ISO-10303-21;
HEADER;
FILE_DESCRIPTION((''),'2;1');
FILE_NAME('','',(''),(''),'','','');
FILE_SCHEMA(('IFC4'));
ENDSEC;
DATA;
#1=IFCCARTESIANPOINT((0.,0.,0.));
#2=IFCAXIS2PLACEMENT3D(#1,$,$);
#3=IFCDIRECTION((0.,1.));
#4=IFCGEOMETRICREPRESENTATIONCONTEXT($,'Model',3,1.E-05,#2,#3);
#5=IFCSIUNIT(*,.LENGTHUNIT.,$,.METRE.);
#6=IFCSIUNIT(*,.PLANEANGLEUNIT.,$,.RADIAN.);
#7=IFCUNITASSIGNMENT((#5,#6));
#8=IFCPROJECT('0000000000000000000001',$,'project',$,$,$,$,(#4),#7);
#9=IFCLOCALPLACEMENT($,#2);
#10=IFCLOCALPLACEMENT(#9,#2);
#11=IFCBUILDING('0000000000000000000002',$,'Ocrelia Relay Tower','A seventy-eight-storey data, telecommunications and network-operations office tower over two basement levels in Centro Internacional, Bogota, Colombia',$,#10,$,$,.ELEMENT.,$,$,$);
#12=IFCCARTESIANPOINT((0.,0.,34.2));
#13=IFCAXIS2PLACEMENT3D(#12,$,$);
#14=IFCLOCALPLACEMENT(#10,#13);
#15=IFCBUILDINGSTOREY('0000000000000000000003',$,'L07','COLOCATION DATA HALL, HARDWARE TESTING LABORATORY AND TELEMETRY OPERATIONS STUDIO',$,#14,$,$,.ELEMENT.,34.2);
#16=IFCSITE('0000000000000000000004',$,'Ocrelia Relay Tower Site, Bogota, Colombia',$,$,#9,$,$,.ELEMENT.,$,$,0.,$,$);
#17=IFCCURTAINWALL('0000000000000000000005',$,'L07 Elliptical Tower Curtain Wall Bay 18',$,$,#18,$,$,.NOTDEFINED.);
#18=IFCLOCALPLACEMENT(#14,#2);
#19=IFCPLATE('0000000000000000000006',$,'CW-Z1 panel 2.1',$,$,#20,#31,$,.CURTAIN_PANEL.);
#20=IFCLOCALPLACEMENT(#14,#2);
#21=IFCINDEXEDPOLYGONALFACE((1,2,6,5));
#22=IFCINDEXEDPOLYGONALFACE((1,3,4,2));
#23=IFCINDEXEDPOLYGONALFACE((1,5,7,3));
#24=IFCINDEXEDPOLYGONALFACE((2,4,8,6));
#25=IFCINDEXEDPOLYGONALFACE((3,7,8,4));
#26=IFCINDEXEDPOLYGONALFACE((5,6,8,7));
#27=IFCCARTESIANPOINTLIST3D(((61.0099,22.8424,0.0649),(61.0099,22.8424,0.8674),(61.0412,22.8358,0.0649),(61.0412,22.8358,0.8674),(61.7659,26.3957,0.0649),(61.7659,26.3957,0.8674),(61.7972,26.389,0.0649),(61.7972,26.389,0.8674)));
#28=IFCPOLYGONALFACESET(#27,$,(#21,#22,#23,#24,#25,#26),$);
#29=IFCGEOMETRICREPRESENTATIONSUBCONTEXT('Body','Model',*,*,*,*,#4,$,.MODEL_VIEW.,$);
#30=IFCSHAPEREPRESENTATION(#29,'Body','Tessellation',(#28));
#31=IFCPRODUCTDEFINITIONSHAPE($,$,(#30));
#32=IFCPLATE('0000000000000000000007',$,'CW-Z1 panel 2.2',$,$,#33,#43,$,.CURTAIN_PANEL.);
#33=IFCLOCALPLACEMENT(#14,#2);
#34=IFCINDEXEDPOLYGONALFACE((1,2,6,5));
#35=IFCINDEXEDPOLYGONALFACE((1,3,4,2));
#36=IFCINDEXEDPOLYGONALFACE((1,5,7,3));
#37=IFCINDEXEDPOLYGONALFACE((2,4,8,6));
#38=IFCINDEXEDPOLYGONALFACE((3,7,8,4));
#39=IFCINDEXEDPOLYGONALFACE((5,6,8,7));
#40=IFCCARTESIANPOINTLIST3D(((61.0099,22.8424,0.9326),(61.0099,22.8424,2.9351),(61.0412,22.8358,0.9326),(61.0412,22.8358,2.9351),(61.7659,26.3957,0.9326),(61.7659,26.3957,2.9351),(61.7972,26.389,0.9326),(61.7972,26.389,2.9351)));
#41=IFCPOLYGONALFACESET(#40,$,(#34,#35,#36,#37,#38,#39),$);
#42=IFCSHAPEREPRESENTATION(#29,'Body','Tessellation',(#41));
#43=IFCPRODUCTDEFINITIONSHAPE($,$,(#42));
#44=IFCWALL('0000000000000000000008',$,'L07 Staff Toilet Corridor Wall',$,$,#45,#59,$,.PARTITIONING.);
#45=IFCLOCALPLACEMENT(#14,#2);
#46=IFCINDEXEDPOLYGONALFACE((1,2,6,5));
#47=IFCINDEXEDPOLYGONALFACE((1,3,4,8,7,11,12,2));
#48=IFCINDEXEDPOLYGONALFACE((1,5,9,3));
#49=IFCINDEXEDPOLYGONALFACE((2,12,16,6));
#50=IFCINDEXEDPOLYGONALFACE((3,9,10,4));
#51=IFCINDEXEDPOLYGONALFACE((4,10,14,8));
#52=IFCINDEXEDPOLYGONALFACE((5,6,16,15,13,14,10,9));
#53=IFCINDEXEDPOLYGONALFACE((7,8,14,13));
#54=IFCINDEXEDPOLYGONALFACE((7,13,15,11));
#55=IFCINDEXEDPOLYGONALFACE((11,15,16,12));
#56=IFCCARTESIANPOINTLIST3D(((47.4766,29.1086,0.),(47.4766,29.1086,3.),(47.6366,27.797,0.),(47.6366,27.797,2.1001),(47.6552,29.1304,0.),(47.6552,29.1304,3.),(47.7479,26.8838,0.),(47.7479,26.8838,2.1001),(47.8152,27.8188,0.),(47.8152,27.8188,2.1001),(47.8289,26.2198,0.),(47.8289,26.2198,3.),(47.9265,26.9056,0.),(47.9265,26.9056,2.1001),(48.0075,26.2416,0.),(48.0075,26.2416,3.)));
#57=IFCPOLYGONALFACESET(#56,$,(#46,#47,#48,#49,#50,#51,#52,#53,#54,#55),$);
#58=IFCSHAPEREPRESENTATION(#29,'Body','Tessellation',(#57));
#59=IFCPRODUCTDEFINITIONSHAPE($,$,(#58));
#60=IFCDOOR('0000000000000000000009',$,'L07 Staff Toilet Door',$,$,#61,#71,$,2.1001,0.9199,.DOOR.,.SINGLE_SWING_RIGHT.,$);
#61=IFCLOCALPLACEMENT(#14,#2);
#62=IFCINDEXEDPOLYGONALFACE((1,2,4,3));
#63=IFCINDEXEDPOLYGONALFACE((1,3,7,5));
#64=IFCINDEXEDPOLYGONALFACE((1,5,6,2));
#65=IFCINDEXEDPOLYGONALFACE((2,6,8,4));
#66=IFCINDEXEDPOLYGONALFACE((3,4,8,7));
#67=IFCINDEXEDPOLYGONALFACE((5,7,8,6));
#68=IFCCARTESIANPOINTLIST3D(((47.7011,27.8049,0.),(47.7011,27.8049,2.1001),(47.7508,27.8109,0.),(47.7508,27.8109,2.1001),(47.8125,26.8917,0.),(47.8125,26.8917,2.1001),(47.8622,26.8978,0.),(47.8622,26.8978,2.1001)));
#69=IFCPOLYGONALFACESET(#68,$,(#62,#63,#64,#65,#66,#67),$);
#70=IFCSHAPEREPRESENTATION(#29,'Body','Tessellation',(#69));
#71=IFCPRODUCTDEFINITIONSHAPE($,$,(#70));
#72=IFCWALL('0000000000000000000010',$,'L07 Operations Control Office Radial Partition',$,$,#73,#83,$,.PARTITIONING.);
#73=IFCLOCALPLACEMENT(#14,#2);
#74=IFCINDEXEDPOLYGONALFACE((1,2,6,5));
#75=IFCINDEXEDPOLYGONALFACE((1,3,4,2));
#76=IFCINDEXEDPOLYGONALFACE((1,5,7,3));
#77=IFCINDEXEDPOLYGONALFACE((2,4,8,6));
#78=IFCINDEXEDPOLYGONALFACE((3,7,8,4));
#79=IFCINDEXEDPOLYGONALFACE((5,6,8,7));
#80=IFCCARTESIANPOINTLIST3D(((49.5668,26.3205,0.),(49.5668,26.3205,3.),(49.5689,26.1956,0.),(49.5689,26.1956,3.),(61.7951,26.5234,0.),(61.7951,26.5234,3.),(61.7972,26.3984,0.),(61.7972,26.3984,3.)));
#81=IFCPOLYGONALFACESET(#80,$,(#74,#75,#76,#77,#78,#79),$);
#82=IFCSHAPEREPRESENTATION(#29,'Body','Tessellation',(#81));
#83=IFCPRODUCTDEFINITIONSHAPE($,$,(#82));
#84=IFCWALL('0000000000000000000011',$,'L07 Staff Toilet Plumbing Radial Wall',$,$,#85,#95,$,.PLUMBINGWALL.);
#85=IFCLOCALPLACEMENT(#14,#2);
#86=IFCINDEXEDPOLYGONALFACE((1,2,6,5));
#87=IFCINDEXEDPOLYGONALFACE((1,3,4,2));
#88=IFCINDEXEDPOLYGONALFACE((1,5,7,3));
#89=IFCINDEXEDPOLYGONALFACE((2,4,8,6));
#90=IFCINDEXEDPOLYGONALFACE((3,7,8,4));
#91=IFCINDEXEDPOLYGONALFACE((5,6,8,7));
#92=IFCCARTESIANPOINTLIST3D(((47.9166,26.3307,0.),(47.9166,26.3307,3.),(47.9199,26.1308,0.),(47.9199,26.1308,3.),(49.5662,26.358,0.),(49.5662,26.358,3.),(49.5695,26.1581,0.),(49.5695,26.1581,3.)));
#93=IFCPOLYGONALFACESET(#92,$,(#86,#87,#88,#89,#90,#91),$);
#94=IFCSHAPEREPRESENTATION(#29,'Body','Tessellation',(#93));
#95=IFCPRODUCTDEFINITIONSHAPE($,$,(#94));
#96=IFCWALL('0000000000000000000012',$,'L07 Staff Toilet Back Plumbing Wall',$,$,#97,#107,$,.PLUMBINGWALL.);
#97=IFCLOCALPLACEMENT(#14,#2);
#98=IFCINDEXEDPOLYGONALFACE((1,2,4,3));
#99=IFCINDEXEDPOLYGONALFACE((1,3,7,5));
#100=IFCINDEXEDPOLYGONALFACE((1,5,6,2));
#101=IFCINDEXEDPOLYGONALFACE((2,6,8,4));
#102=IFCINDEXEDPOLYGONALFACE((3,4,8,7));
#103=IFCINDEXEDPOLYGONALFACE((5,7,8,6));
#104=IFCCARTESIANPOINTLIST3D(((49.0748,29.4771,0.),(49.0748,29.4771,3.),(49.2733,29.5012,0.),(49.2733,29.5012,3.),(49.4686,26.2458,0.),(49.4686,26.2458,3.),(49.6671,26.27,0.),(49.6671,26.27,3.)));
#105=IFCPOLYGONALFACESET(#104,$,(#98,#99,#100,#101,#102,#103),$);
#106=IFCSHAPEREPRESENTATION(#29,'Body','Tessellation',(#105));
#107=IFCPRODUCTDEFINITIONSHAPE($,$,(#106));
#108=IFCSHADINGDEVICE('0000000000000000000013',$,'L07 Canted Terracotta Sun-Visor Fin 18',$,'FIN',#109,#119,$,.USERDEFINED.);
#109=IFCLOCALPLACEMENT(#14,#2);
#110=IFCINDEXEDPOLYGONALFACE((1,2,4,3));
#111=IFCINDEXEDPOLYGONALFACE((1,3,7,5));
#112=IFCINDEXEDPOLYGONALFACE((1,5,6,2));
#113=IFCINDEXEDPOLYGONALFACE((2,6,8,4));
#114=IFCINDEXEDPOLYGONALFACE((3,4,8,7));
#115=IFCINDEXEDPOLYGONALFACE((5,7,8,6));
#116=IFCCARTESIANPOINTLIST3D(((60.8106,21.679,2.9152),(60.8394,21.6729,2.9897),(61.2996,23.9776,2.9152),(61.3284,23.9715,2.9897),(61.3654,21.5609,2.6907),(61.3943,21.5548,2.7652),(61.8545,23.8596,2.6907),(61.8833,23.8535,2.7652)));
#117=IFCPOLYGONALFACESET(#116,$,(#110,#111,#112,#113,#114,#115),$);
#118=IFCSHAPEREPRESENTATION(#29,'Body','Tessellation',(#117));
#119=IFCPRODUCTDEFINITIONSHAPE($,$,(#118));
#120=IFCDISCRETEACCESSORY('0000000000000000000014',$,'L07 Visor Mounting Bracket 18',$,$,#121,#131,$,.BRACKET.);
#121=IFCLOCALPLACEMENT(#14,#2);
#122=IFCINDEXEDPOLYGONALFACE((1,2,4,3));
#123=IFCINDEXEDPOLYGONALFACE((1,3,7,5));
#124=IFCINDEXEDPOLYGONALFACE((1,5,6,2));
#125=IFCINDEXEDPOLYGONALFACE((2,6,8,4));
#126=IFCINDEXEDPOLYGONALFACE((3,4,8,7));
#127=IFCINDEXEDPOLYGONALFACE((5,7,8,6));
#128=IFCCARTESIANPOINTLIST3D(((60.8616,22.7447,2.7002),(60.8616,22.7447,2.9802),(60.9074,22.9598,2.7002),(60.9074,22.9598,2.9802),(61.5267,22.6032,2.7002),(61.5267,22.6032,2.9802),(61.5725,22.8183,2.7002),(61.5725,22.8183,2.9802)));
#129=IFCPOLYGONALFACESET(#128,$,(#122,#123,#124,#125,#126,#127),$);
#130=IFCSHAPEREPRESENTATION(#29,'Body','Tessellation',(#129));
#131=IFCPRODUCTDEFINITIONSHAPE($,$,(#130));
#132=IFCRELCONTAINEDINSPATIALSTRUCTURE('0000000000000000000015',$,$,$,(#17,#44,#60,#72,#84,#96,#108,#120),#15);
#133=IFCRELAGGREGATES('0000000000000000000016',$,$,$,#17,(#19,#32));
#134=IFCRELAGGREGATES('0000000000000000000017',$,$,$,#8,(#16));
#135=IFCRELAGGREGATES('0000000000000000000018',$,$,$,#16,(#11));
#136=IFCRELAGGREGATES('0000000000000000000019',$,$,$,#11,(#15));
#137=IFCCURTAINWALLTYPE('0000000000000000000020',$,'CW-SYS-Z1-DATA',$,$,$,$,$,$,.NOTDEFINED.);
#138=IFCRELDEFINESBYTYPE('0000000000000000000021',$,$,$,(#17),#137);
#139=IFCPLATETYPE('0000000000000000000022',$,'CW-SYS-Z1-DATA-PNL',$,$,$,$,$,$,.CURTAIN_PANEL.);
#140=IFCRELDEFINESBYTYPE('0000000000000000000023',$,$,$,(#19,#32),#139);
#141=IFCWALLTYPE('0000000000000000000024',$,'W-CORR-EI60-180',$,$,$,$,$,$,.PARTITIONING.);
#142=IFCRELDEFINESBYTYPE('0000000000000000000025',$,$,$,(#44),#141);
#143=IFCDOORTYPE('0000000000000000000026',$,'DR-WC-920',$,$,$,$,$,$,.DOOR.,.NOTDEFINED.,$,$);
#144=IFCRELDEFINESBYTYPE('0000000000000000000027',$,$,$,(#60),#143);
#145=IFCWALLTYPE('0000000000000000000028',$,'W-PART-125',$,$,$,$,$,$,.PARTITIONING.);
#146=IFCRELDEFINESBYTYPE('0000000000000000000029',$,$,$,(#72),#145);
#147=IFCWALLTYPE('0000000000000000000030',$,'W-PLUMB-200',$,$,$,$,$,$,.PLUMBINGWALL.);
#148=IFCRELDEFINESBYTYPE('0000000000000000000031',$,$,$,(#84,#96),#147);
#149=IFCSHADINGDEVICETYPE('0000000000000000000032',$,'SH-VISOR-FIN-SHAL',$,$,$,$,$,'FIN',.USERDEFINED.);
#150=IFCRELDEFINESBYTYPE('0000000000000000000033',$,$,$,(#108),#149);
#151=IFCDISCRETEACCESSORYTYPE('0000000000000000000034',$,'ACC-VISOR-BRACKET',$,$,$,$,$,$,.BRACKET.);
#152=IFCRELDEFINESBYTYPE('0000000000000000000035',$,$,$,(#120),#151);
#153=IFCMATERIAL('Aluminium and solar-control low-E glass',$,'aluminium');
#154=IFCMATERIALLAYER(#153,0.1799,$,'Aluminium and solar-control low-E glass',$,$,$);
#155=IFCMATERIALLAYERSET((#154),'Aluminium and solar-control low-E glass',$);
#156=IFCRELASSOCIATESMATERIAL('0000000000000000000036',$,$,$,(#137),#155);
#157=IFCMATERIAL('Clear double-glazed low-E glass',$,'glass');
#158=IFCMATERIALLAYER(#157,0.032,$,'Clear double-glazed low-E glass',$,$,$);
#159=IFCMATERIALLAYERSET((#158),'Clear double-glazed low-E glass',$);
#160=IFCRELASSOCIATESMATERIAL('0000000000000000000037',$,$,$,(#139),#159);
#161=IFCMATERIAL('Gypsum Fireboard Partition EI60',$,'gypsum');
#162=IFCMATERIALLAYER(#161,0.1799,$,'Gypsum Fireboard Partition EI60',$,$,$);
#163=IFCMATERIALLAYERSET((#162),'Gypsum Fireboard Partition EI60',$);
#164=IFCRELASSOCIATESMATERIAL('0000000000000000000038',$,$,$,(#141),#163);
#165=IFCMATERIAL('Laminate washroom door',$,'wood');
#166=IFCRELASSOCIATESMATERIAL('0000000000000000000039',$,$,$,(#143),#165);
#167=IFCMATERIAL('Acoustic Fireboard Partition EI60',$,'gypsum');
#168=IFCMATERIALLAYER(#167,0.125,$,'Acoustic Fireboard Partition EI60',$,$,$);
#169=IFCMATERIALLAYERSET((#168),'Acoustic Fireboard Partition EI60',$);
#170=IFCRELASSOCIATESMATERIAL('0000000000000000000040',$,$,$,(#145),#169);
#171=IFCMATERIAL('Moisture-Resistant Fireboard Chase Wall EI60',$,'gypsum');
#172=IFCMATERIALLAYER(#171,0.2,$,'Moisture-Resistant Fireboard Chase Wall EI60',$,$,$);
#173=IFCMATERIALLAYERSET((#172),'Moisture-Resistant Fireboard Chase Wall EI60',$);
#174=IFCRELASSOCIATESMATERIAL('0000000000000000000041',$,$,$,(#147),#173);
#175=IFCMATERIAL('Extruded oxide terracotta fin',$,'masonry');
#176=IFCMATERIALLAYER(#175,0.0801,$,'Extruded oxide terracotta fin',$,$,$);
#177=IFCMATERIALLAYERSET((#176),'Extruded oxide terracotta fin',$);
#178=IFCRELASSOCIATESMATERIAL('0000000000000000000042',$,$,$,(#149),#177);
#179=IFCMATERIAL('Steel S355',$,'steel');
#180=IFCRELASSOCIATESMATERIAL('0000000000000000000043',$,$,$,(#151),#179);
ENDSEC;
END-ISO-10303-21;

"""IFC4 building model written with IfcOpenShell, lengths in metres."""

from ifc_helpers import new_model, si_unit, direction, frame, frame_2d, origin, origin_2d, place, context, subcontext, project, spatial, rectangle, extrude, material, layer, layer_set, type_object, element, fill, aggregate, save


model = new_model("IFC4")

# Units and contexts
model_context = context("Model", 3, precision=1e-05, world=origin(), true_north=direction((0.0, 1.0)))
body_context = subcontext(model_context, "Body", "Model", "MODEL_VIEW")
ifc_project = project(units=[si_unit("LENGTHUNIT", "METRE"), si_unit("PLANEANGLEUNIT", "RADIAN")], contexts=[model_context])

# Site, building, storey
site_placement = place(None, origin())
site = spatial("IfcSite", under=ifc_project, at=site_placement, Name="Ocrelia Relay Tower Site, Bogota, Colombia", CompositionType="ELEMENT", RefElevation=0.0)
building_placement = place(site_placement, origin())
building = spatial("IfcBuilding", under=site, at=building_placement, Name="Ocrelia Relay Tower", Description="A seventy-eight-storey data, telecommunications and network-operations office tower over two basement levels in Centro Internacional, Bogota, Colombia", CompositionType="ELEMENT")
storey_placement = place(building_placement, frame((0.0, 0.0, 34.2)))
storey = spatial("IfcBuildingStorey", under=building, at=storey_placement, Name="L07", Description="COLOCATION DATA HALL, HARDWARE TESTING LABORATORY AND TELEMETRY OPERATIONS STUDIO", CompositionType="ELEMENT", Elevation=34.2)

# Shared definitions
ifc_material_1 = material(Name="Steel S355", Category="steel")

# Shared definitions
ifc_material_2 = material(Name="Aluminium and solar-control low-E glass", Category="aluminium")
ifc_layer_1 = layer(ifc_material_2, 0.1799, Name="Aluminium and solar-control low-E glass")
ifc_layer_set_1 = layer_set([ifc_layer_1], Name="Aluminium and solar-control low-E glass")
curtain_wall_type = type_object("IfcCurtainWallType", Name="CW-SYS-Z1-DATA", PredefinedType="NOTDEFINED", material=ifc_layer_set_1)

# Curtain wall
curtain_wall_1_placement = place(storey_placement, origin())
curtain_wall_1 = element("IfcCurtainWall", 1, at=curtain_wall_1_placement, inside=storey, type_object=curtain_wall_type, Name="L07 Elliptical Tower Curtain Wall Bay 18", PredefinedType="NOTDEFINED")

# Plates
ifc_material_3 = material(Name="Clear double-glazed low-E glass", Category="glass")
ifc_layer_2 = layer(ifc_material_3, 0.032, Name="Clear double-glazed low-E glass")
ifc_layer_set_2 = layer_set([ifc_layer_2], Name="Clear double-glazed low-E glass")
plate_type = type_object("IfcPlateType", Name="CW-SYS-Z1-DATA-PNL", PredefinedType="CURTAIN_PANEL", material=ifc_layer_set_2)
plate_1_placement = place(storey_placement, frame((61.4036, 24.6157, 0.0649), z_axis=(0.0, 0.0, 1.0), x_axis=(0.208095, 0.978109, 0.0)))
plate_1 = element("IfcPlate", 2, at=plate_1_placement, type_object=plate_type, Name="CW-Z1 panel 2.1", PredefinedType="CURTAIN_PANEL", context=body_context, shape_type="SweptSolid", body=[
    extrude(rectangle(XDim=3.6328, YDim=0.032, at=origin_2d()), origin(), (0.0, 0.0, 1.0), 0.8025),
])
plate_2_placement = place(storey_placement, frame((61.4036, 24.6157, 0.9326), z_axis=(0.0, 0.0, 1.0), x_axis=(0.208095, 0.978109, 0.0)))
plate_2 = element("IfcPlate", 3, at=plate_2_placement, type_object=plate_type, Name="CW-Z1 panel 2.2", PredefinedType="CURTAIN_PANEL", context=body_context, shape_type="SweptSolid", body=[
    extrude(rectangle(XDim=3.6328, YDim=0.032, at=origin_2d()), origin(), (0.0, 0.0, 1.0), 2.0024),
])
aggregate(curtain_wall_1, [plate_1, plate_2])

# Wall, opening, door
ifc_material_4 = material(Name="Gypsum Fireboard Partition EI60", Category="gypsum")
ifc_layer_3 = layer(ifc_material_4, 0.1799, Name="Gypsum Fireboard Partition EI60")
ifc_layer_set_3 = layer_set([ifc_layer_3], Name="Gypsum Fireboard Partition EI60")
wall_type_1 = type_object("IfcWallType", Name="W-CORR-EI60-180", PredefinedType="PARTITIONING", material=ifc_layer_set_3)
wall_1_placement = place(storey_placement, frame((47.9182, 26.2307, 0.0), z_axis=(0.0, 0.0, 1.0), x_axis=(-0.12106, 0.992645, 0.0)))
wall_1 = element("IfcWall", 4, at=wall_1_placement, inside=storey, type_object=wall_type_1, Name="L07 Staff Toilet Corridor Wall", PredefinedType="PARTITIONING", context=body_context, shape_type="SweptSolid", body=[
    extrude(rectangle(XDim=2.9102, YDim=0.1799, at=frame_2d((1.4551, 0.0))), origin(), (0.0, 0.0, 1.0), 3.0),
])
opening_placement = place(wall_1_placement, frame((0.6689, 0.0, 0.0)))
opening = element("IfcOpeningElement", 5, at=opening_placement, cuts=wall_1, PredefinedType="OPENING", context=body_context, shape_type="SweptSolid", body=[
    extrude(rectangle(XDim=0.9199, YDim=2.1001, at=frame_2d((0.46, 1.05))), frame((0.0, 0.1001, 0.0), z_axis=(0.0, -1.0, 0.0), x_axis=(1.0, 0.0, 0.0)), (0.0, 0.0, 1.0), 0.2),
])
ifc_material_5 = material(Name="Laminate washroom door", Category="wood")
door_type = type_object("IfcDoorType", Name="DR-WC-920", OperationType="NOTDEFINED", PredefinedType="DOOR", material=ifc_material_5)
door_placement = place(opening_placement, origin())
door = element("IfcDoor", 6, at=door_placement, inside=storey, type_object=door_type, Name="L07 Staff Toilet Door", OperationType="SINGLE_SWING_RIGHT", OverallHeight=2.1001, OverallWidth=0.9199, PredefinedType="DOOR", context=body_context, shape_type="SweptSolid", body=[
    extrude(rectangle(XDim=0.9199, YDim=2.1001, at=frame_2d((0.46, 1.05))), frame((0.0, 0.0249, 0.0), z_axis=(0.0, -1.0, 0.0), x_axis=(1.0, 0.0, 0.0)), (0.0, 0.0, 1.0), 0.05),
])
fill(opening, door)

# Walls
ifc_material_6 = material(Name="Acoustic Fireboard Partition EI60", Category="gypsum")
ifc_layer_4 = layer(ifc_material_6, 0.125, Name="Acoustic Fireboard Partition EI60")
ifc_layer_set_4 = layer_set([ifc_layer_4], Name="Acoustic Fireboard Partition EI60")
wall_type_2 = type_object("IfcWallType", Name="W-PART-125", PredefinedType="PARTITIONING", material=ifc_layer_set_4)
wall_2_placement = place(storey_placement, frame((49.5679, 26.2581, 0.0), z_axis=(0.0, 0.0, 1.0), x_axis=(0.999862, 0.016589, 0.0)))
element("IfcWall", 7, at=wall_2_placement, inside=storey, type_object=wall_type_2, Name="L07 Operations Control Office Radial Partition", PredefinedType="PARTITIONING", context=body_context, shape_type="SweptSolid", body=[
    extrude(rectangle(XDim=12.23, YDim=0.125, at=frame_2d((6.115, 0.0))), origin(), (0.0, 0.0, 1.0), 3.0),
])
ifc_material_7 = material(Name="Moisture-Resistant Fireboard Chase Wall EI60", Category="gypsum")
ifc_layer_5 = layer(ifc_material_7, 0.2, Name="Moisture-Resistant Fireboard Chase Wall EI60")
ifc_layer_set_5 = layer_set([ifc_layer_5], Name="Moisture-Resistant Fireboard Chase Wall EI60")
wall_type_3 = type_object("IfcWallType", Name="W-PLUMB-200", PredefinedType="PLUMBINGWALL", material=ifc_layer_set_5)
wall_3_placement = place(storey_placement, frame((47.9182, 26.2307, 0.0), z_axis=(0.0, 0.0, 1.0), x_axis=(0.999863, 0.016573, 0.0)))
element("IfcWall", 8, at=wall_3_placement, inside=storey, type_object=wall_type_3, Name="L07 Staff Toilet Plumbing Radial Wall", PredefinedType="PLUMBINGWALL", context=body_context, shape_type="SweptSolid", body=[
    extrude(rectangle(XDim=1.6499, YDim=0.2, at=frame_2d((0.825, 0.0))), origin(), (0.0, 0.0, 1.0), 3.0),
])
wall_4_placement = place(storey_placement, frame((49.5679, 26.2581, 0.0), z_axis=(0.0, 0.0, 1.0), x_axis=(-0.120979, 0.992655, 0.0)))
element("IfcWall", 9, at=wall_4_placement, inside=storey, type_object=wall_type_3, Name="L07 Staff Toilet Back Plumbing Wall", PredefinedType="PLUMBINGWALL", context=body_context, shape_type="SweptSolid", body=[
    extrude(rectangle(XDim=3.2551, YDim=0.2, at=frame_2d((1.6274, 0.0))), origin(), (0.0, 0.0, 1.0), 3.0),
])

# Shading device
ifc_material_8 = material(Name="Extruded oxide terracotta fin", Category="masonry")
ifc_layer_6 = layer(ifc_material_8, 0.0801, Name="Extruded oxide terracotta fin")
ifc_layer_set_6 = layer_set([ifc_layer_6], Name="Extruded oxide terracotta fin")
shading_device_type = type_object("IfcShadingDeviceType", Name="SH-VISOR-FIN-SHAL", ElementType="FIN", PredefinedType="USERDEFINED", material=ifc_layer_set_6)
shading_device_placement = place(storey_placement, frame((61.3325, 22.7693, 2.803), z_axis=(0.359907, -0.076571, 0.929841), x_axis=(0.208095, 0.978109, 0.0)))
element("IfcShadingDevice", 10, at=shading_device_placement, inside=storey, type_object=shading_device_type, Name="L07 Canted Terracotta Sun-Visor Fin 18", ObjectType="FIN", PredefinedType="USERDEFINED", context=body_context, shape_type="SweptSolid", body=[
    extrude(rectangle(XDim=2.3501, YDim=0.6101, at=origin_2d()), origin(), (0.0, 0.0, 1.0), 0.0801),
])

# Discrete accessory
discrete_accessory_type = type_object("IfcDiscreteAccessoryType", Name="ACC-VISOR-BRACKET", PredefinedType="BRACKET", material=ifc_material_1)
discrete_accessory_placement = place(storey_placement, frame((61.217, 22.7815, 2.7002), z_axis=(0.0, 0.0, 1.0), x_axis=(0.208095, 0.978109, 0.0)))
element("IfcDiscreteAccessory", 11, at=discrete_accessory_placement, inside=storey, type_object=discrete_accessory_type, Name="L07 Visor Mounting Bracket 18", PredefinedType="BRACKET", context=body_context, shape_type="SweptSolid", body=[
    extrude(rectangle(XDim=0.22, YDim=0.6799, at=origin_2d()), origin(), (0.0, 0.0, 1.0), 0.28),
])

save(model, "model.ifc")
